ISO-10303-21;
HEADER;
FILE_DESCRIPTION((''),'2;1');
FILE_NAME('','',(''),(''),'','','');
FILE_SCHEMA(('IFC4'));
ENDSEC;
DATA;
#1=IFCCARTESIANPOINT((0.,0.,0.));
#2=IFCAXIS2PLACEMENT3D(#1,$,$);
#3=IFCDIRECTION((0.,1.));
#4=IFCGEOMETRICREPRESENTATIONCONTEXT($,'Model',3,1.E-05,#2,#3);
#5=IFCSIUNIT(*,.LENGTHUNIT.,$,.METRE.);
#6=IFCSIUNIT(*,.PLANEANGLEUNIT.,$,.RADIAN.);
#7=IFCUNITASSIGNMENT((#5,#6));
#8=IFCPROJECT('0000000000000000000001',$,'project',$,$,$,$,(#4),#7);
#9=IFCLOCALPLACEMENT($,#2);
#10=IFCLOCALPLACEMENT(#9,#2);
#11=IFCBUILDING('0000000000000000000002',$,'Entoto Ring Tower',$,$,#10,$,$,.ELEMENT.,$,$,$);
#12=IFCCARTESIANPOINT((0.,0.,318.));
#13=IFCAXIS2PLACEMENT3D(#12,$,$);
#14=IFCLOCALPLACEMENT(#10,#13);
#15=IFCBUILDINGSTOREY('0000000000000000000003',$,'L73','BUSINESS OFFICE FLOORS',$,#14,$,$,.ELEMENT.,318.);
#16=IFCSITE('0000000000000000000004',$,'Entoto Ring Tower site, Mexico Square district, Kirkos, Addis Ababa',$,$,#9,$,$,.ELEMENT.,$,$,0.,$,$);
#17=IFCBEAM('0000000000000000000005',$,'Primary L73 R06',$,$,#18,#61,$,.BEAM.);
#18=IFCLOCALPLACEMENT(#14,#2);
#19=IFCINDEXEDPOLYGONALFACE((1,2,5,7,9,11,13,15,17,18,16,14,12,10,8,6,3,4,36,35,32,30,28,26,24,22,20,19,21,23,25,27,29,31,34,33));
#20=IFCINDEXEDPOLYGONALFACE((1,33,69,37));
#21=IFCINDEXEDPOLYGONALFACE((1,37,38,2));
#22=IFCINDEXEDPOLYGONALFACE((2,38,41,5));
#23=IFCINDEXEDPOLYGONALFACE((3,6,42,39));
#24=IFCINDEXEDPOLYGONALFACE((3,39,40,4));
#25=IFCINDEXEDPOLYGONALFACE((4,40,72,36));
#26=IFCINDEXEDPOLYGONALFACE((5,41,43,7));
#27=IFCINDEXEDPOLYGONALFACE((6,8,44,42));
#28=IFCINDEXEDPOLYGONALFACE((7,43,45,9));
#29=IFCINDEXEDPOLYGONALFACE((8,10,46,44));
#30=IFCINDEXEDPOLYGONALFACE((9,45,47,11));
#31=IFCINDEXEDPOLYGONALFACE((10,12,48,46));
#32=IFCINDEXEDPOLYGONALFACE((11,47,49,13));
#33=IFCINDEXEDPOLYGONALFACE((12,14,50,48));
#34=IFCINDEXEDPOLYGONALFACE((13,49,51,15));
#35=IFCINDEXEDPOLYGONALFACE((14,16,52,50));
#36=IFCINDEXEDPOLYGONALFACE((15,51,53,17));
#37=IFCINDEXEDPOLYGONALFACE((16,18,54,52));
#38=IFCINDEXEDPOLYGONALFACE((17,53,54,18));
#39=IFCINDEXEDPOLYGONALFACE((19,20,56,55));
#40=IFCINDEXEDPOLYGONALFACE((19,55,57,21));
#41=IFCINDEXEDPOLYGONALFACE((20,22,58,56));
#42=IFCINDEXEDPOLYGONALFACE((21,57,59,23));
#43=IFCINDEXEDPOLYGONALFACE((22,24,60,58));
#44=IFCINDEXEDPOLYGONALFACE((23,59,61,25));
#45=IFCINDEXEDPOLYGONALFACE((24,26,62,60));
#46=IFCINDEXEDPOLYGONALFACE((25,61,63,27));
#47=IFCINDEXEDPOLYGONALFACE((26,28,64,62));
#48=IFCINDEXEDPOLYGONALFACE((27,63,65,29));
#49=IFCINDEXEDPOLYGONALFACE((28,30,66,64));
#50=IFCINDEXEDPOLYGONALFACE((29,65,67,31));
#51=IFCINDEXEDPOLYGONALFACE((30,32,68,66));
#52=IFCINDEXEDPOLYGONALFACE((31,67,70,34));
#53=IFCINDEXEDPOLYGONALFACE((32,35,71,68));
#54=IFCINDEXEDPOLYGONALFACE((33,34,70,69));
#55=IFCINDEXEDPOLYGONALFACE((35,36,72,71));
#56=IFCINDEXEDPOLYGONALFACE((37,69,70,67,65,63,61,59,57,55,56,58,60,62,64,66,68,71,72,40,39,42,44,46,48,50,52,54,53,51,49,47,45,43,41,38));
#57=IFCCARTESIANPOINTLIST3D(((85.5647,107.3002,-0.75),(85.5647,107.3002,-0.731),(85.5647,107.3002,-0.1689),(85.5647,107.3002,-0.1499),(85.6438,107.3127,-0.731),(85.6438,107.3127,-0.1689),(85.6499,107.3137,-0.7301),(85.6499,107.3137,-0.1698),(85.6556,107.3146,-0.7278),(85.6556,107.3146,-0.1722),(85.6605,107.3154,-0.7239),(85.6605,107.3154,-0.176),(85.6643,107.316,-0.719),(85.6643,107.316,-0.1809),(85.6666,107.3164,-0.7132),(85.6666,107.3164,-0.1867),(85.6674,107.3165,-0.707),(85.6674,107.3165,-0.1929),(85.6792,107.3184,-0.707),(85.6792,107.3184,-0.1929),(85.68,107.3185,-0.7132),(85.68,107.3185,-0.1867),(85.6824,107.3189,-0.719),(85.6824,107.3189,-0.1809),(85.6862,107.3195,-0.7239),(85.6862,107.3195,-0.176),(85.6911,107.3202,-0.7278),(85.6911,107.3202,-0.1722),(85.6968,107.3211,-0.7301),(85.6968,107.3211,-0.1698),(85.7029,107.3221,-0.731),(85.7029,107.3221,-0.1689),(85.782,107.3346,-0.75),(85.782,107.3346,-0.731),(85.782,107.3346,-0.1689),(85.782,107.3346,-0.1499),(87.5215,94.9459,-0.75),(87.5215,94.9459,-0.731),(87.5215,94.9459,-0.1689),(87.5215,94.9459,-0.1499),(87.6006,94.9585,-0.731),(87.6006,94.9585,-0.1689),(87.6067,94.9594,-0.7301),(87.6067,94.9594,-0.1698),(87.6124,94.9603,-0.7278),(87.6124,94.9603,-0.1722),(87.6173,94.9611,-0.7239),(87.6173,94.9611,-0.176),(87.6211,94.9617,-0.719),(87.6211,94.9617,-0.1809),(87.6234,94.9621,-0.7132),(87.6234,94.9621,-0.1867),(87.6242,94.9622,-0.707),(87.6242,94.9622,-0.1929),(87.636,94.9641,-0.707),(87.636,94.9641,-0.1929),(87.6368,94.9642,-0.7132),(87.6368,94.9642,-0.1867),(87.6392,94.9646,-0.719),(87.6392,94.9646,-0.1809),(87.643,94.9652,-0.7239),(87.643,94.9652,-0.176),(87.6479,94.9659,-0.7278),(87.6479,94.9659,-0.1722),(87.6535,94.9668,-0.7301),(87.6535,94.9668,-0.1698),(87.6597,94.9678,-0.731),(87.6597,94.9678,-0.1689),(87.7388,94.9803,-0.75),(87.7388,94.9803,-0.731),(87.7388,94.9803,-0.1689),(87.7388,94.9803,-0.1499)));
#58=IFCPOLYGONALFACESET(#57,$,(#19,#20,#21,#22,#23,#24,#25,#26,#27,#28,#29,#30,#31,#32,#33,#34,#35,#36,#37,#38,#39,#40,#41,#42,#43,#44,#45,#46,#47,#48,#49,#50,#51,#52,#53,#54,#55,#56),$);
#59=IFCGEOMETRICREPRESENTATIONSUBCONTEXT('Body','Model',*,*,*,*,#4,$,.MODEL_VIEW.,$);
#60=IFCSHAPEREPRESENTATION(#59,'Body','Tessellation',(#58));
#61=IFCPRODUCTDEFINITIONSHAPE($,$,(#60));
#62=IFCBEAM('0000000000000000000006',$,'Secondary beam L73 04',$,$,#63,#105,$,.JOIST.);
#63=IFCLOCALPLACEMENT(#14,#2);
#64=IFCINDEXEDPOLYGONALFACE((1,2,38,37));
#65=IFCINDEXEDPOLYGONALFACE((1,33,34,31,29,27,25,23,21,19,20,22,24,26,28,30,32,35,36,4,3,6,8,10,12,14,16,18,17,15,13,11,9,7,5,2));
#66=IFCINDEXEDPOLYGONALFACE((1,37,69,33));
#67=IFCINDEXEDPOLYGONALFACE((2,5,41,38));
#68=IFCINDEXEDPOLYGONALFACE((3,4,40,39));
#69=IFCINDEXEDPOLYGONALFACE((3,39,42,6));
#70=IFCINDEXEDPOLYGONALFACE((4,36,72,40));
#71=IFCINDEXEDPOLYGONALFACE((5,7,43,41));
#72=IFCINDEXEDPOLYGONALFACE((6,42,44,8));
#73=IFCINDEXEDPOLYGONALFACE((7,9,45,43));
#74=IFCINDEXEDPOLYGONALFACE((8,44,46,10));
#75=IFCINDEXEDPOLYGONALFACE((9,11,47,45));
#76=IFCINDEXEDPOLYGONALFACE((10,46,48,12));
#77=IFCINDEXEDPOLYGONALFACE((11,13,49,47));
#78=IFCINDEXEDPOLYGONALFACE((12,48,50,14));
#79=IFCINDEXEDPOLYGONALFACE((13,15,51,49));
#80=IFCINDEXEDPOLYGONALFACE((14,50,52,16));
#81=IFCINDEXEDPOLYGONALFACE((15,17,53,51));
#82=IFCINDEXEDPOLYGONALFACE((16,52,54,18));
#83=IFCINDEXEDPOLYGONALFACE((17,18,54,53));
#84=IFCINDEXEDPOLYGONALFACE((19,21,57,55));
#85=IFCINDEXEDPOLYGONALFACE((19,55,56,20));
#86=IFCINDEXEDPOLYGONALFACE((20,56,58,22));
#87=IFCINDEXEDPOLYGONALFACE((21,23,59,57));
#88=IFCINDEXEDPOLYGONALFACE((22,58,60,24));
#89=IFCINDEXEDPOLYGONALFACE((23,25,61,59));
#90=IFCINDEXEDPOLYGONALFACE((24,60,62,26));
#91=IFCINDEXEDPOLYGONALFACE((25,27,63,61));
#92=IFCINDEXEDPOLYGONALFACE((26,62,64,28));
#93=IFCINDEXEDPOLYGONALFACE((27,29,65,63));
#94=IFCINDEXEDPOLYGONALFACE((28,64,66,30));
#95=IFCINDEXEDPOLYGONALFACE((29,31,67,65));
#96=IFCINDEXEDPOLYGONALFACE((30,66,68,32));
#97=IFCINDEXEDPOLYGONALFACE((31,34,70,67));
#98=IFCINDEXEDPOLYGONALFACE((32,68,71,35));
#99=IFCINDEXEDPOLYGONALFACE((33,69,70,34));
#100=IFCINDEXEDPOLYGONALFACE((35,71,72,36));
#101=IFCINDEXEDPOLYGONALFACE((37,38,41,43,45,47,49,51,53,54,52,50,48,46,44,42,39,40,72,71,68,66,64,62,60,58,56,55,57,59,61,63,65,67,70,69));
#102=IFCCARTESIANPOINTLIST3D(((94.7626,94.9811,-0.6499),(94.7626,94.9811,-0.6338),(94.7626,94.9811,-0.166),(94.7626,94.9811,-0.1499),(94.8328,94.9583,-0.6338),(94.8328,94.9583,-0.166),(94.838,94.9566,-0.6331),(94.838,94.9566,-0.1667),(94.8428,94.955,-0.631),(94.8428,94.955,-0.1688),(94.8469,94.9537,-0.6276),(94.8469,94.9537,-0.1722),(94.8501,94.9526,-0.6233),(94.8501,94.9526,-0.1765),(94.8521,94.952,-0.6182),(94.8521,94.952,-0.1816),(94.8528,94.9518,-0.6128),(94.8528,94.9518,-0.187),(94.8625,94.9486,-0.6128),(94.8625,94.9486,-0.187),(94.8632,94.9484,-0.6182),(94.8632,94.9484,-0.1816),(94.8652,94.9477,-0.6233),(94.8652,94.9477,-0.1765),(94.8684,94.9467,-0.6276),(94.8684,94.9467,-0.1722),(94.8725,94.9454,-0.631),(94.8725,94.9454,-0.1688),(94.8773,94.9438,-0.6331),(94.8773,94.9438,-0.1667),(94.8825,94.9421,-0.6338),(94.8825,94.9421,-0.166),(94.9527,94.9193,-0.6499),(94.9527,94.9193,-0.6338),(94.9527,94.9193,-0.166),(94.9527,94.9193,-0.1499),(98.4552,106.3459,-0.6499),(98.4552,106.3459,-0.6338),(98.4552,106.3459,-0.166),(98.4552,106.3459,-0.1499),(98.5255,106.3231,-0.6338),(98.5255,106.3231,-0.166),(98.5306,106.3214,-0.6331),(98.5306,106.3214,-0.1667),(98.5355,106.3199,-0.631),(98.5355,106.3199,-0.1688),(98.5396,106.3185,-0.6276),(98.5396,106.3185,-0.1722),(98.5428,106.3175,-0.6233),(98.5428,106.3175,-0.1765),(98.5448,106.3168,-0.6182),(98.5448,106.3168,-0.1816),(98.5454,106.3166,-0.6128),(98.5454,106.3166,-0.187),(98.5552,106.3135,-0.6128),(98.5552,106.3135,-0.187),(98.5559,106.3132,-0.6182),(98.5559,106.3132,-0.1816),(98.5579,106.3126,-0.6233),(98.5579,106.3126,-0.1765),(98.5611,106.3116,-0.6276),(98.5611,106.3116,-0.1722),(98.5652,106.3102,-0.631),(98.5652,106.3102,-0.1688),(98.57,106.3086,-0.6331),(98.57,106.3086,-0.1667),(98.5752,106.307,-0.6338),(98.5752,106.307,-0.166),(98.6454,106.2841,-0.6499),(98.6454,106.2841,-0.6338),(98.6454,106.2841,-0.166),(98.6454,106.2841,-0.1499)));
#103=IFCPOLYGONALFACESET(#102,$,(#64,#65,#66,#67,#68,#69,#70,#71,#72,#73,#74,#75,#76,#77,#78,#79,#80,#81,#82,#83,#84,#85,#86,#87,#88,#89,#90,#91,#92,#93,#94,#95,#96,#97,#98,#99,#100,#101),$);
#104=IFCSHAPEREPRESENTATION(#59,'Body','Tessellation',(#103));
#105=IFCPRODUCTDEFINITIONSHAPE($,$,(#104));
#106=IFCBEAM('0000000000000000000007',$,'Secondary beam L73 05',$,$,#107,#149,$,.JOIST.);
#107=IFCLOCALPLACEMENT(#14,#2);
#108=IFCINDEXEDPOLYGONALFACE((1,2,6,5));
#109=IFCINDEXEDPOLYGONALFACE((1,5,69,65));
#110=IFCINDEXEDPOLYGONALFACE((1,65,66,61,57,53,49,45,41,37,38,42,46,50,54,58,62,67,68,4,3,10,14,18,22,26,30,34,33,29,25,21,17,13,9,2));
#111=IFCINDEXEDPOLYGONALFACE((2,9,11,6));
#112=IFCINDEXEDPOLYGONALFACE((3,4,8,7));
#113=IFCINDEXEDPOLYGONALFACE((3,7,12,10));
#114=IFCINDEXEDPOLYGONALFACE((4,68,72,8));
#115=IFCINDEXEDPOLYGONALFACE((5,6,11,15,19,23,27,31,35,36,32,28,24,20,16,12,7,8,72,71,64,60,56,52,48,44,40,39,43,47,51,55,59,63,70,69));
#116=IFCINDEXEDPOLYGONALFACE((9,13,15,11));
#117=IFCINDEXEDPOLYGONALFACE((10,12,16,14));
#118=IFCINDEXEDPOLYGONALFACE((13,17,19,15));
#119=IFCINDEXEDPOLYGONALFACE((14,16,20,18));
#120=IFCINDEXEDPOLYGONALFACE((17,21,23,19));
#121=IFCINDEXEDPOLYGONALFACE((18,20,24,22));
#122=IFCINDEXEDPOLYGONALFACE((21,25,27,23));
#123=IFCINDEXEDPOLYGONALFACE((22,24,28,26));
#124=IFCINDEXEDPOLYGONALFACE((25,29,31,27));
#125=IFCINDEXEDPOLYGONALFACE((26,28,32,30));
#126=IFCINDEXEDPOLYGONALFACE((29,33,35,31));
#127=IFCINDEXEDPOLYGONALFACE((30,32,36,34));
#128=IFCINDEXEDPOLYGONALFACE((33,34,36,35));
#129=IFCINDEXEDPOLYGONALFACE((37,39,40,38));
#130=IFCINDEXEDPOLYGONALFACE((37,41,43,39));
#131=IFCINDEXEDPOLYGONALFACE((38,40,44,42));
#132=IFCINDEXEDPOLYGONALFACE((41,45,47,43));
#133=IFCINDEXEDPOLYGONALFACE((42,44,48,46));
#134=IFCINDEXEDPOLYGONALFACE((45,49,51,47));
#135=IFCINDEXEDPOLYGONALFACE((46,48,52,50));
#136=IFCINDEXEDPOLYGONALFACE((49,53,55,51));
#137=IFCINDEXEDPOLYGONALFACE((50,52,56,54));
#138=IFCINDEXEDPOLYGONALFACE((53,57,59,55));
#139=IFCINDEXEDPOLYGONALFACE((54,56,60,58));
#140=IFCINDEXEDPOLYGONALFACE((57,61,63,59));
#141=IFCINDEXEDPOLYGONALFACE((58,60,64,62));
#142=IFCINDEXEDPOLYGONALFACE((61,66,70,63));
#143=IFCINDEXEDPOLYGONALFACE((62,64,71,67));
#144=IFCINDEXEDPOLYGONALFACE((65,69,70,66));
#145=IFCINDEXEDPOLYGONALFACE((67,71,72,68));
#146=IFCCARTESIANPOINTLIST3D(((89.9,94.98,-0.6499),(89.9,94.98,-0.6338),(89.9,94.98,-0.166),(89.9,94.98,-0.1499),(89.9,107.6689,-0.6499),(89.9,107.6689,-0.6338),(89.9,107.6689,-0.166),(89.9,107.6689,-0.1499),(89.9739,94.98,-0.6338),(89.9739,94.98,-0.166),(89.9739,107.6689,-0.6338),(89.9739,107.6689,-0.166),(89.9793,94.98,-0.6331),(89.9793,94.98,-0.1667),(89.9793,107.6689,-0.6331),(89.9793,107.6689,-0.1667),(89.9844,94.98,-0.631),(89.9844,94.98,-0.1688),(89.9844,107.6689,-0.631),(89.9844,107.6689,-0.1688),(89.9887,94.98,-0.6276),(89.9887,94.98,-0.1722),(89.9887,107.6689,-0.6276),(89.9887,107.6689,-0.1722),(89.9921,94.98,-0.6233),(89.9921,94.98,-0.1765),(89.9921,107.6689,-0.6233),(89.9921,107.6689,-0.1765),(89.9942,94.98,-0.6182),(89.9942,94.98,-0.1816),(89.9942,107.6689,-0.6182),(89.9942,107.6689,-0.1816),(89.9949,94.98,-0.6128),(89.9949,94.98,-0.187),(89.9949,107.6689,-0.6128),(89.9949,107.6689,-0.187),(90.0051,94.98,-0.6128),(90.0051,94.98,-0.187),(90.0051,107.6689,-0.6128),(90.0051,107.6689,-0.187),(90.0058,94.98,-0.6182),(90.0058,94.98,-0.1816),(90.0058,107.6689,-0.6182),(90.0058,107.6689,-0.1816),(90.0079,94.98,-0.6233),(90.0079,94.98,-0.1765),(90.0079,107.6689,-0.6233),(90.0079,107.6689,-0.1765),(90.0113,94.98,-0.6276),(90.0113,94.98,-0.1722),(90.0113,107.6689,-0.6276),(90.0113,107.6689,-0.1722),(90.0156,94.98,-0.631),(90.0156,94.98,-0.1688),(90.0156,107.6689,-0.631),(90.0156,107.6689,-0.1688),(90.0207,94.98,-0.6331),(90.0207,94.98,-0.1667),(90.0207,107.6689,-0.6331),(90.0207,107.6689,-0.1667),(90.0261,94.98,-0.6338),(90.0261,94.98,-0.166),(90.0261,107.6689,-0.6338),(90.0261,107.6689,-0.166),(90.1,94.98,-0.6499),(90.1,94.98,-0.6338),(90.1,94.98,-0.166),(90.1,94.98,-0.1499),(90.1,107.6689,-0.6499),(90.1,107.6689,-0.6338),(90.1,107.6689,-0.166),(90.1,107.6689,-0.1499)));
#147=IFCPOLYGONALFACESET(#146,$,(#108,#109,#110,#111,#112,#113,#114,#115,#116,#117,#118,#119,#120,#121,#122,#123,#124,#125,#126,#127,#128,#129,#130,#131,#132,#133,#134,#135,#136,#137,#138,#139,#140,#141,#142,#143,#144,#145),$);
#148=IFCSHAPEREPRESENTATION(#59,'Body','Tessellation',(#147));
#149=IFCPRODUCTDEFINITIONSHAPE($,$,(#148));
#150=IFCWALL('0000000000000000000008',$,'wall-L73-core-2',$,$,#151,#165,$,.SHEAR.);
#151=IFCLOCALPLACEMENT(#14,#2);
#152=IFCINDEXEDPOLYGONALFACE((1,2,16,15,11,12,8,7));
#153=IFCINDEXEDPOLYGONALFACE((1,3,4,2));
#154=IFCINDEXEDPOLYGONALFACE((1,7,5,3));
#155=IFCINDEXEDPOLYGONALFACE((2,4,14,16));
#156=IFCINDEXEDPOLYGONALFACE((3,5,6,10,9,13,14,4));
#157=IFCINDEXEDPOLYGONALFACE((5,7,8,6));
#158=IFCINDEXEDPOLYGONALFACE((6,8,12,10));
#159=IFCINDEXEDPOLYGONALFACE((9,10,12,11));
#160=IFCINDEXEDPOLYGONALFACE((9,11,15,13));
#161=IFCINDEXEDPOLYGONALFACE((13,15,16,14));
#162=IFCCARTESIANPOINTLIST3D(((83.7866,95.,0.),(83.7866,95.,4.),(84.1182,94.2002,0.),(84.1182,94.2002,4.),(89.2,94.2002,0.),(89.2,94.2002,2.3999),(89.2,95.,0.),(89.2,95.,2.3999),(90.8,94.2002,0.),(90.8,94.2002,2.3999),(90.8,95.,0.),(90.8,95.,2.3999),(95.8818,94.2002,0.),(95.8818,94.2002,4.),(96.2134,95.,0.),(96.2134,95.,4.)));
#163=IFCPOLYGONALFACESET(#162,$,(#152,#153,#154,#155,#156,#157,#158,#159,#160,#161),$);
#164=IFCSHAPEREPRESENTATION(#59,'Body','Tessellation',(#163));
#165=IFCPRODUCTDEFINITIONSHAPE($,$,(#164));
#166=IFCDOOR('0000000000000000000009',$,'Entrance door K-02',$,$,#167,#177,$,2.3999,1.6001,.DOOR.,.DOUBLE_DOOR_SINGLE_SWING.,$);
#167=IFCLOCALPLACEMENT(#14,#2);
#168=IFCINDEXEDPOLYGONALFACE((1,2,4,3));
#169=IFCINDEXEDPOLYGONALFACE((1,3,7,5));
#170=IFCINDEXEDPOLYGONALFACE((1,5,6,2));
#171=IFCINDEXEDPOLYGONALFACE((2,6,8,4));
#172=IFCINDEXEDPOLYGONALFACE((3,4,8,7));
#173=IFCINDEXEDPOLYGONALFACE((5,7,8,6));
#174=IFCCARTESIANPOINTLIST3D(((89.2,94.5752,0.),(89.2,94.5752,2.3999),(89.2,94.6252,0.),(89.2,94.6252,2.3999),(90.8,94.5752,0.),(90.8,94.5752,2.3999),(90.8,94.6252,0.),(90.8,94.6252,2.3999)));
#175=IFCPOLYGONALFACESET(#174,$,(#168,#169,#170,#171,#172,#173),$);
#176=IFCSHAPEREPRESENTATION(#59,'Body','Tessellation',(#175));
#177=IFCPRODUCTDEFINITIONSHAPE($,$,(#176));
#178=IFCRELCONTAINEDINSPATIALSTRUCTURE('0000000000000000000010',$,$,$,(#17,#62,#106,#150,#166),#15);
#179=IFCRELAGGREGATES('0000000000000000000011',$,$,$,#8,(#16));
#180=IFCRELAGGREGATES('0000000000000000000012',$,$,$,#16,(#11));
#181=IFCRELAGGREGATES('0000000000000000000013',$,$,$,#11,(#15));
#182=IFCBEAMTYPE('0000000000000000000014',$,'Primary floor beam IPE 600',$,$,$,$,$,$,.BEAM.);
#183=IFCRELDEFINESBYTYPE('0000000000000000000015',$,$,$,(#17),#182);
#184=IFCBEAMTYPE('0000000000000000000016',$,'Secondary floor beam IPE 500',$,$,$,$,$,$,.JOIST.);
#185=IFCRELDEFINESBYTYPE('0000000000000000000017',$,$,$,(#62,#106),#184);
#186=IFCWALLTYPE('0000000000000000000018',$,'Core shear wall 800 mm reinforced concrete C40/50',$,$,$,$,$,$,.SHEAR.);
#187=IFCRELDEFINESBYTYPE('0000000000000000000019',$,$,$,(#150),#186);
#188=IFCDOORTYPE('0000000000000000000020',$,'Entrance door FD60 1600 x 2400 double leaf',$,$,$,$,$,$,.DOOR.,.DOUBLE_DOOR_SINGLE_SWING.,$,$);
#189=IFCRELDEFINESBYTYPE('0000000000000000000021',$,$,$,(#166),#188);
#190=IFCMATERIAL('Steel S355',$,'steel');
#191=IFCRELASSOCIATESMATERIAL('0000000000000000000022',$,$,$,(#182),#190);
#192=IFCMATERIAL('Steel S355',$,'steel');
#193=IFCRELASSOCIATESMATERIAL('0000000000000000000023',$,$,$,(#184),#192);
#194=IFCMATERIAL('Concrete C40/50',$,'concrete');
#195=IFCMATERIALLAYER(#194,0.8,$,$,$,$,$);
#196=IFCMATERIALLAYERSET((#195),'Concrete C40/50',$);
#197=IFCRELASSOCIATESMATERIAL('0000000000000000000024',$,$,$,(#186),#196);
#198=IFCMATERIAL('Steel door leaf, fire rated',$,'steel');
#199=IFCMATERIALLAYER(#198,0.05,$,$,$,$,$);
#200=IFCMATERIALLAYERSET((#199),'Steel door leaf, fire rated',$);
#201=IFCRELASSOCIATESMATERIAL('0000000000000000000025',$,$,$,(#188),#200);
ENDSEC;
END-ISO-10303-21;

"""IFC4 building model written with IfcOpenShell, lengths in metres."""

from ifc_helpers import new_model, si_unit, direction, frame, frame_2d, origin, origin_2d, place, context, subcontext, project, spatial, polyline, rectangle, i_section, outline, extrude, material, layer, layer_set, material_profile, profile_set, type_object, element, fill, save


model = new_model("IFC4")

# Units and contexts
model_context = context("Model", 3, precision=1e-05, world=origin(), true_north=direction((0.0, 1.0)))
body_context = subcontext(model_context, "Body", "Model", "MODEL_VIEW")
ifc_project = project(units=[si_unit("LENGTHUNIT", "METRE"), si_unit("PLANEANGLEUNIT", "RADIAN")], contexts=[model_context])

# Site, building, storey
site_placement = place(None, origin())
site = spatial("IfcSite", under=ifc_project, at=site_placement, Name="Entoto Ring Tower site, Mexico Square district, Kirkos, Addis Ababa", CompositionType="ELEMENT", RefElevation=0.0)
building_placement = place(site_placement, origin())
building = spatial("IfcBuilding", under=site, at=building_placement, Name="Entoto Ring Tower", CompositionType="ELEMENT")
storey_placement = place(building_placement, frame((0.0, 0.0, 318.0)))
storey = spatial("IfcBuildingStorey", under=building, at=storey_placement, Name="L73", Description="BUSINESS OFFICE FLOORS", CompositionType="ELEMENT", Elevation=318.0)

# Beams
ifc_material_1 = material(Name="Steel S355", Category="steel")
ifc_material_profile_1 = material_profile(ifc_material_1, i_section(OverallWidth=0.22, OverallDepth=0.6001, WebThickness=0.012, FlangeThickness=0.019, FilletRadius=0.0239, at=origin_2d()), Name="IPE 600")
ifc_profile_set_1 = profile_set([ifc_material_profile_1], Name="Steel S355")
beam_type_1 = type_object("IfcBeamType", Name="Primary floor beam IPE 600", PredefinedType="BEAM", material=ifc_profile_set_1)
for number, where, z_axis, x_axis, name in (
    (1, (87.6301, 94.9631, -0.45), (-0.15644, 0.987688, 0.0), (-0.987688, -0.15644, 0.0), "Primary L73 R06"),
):
    element("IfcBeam", number, at=place(storey_placement, frame(where, z_axis=z_axis, x_axis=x_axis)), inside=storey, type_object=beam_type_1, Name=name, PredefinedType="BEAM", context=body_context, shape_type="SweptSolid", body=[
        extrude(i_section(OverallWidth=0.22, OverallDepth=0.6001, WebThickness=0.012, FlangeThickness=0.019, FilletRadius=0.0239, at=origin_2d()), origin(), (0.0, 0.0, 1.0), 12.5083),
    ])
ifc_material_2 = material(Name="Steel S355", Category="steel")
ifc_material_profile_2 = material_profile(ifc_material_2, i_section(OverallWidth=0.2, OverallDepth=0.5, WebThickness=0.0103, FlangeThickness=0.0161, FilletRadius=0.021, at=origin_2d()), Name="IPE 500")
ifc_profile_set_2 = profile_set([ifc_material_profile_2], Name="Steel S355")
beam_type_2 = type_object("IfcBeamType", Name="Secondary floor beam IPE 500", PredefinedType="JOIST", material=ifc_profile_set_2)
beam_1_placement = place(storey_placement, frame((94.8577, 94.9502, -0.3999), z_axis=(0.309017, 0.951057, 0.0), x_axis=(-0.951057, 0.309017, 0.0)))
element("IfcBeam", 2, at=beam_1_placement, inside=storey, type_object=beam_type_2, Name="Secondary beam L73 04", PredefinedType="JOIST", context=body_context, shape_type="SweptSolid", body=[
    extrude(i_section(OverallWidth=0.2, OverallDepth=0.5, WebThickness=0.0103, FlangeThickness=0.0161, FilletRadius=0.021, at=origin_2d()), origin(), (0.0, 0.0, 1.0), 11.9497),
])
beam_2_placement = place(storey_placement, frame((90.0, 94.98, -0.3999), z_axis=(0.0, 1.0, 0.0), x_axis=(-1.0, 0.0, 0.0)))
element("IfcBeam", 3, at=beam_2_placement, inside=storey, type_object=beam_type_2, Name="Secondary beam L73 05", PredefinedType="JOIST", context=body_context, shape_type="SweptSolid", body=[
    extrude(i_section(OverallWidth=0.2, OverallDepth=0.5, WebThickness=0.0103, FlangeThickness=0.0161, FilletRadius=0.021, at=origin_2d()), origin(), (0.0, 0.0, 1.0), 12.689),
])

# Wall, opening, door
ifc_material_3 = material(Name="Concrete C40/50", Category="concrete")
ifc_layer_1 = layer(ifc_material_3, 0.8)
ifc_layer_set_1 = layer_set([ifc_layer_1], Name="Concrete C40/50")
wall_type_1 = type_object("IfcWallType", Name="Core shear wall 800 mm reinforced concrete C40/50", PredefinedType="SHEAR", material=ifc_layer_set_1)
wall_1_placement = place(storey_placement, frame((96.0476, 94.6001, 0.0), z_axis=(0.0, 0.0, 1.0), x_axis=(-1.0, 0.0, 0.0)))
wall_1 = element("IfcWall", 4, at=wall_1_placement, inside=storey, type_object=wall_type_1, Name="wall-L73-core-2", PredefinedType="SHEAR", context=body_context, shape_type="SweptSolid", body=[
    extrude(outline(polyline([(-0.1658, -0.3999), (12.261, -0.3999), (11.9294, 0.3999), (0.1658, 0.3999), (-0.1658, -0.3999)])), origin(), (0.0, 0.0, 1.0), 4.0),
])
opening_1_placement = place(wall_1_placement, frame((5.2476, 0.0, 0.0)))
opening_1 = element("IfcOpeningElement", 5, at=opening_1_placement, cuts=wall_1, PredefinedType="OPENING", context=body_context, shape_type="SweptSolid", body=[
    extrude(rectangle(XDim=1.6001, YDim=2.3999, at=frame_2d((0.8, 1.2))), frame((0.0, 0.4102, 0.0), z_axis=(0.0, -1.0, 0.0), x_axis=(1.0, 0.0, 0.0)), (0.0, 0.0, 1.0), 0.8201),
])
ifc_material_4 = material(Name="Steel door leaf, fire rated", Category="steel")
ifc_layer_2 = layer(ifc_material_4, 0.05)
ifc_layer_set_2 = layer_set([ifc_layer_2], Name="Steel door leaf, fire rated")
door_type_1 = type_object("IfcDoorType", Name="Entrance door FD60 1600 x 2400 double leaf", OperationType="DOUBLE_DOOR_SINGLE_SWING", PredefinedType="DOOR", material=ifc_layer_set_2)
door_1_placement = place(opening_1_placement, origin())
door_1 = element("IfcDoor", 6, at=door_1_placement, inside=storey, type_object=door_type_1, Name="Entrance door K-02", OperationType="DOUBLE_DOOR_SINGLE_SWING", OverallHeight=2.3999, OverallWidth=1.6001, PredefinedType="DOOR", context=body_context, shape_type="SweptSolid", body=[
    extrude(rectangle(XDim=1.6001, YDim=2.3999, at=frame_2d((0.8, 1.2))), frame((0.0, 0.0249, 0.0), z_axis=(0.0, -1.0, 0.0), x_axis=(1.0, 0.0, 0.0)), (0.0, 0.0, 1.0), 0.05),
])
fill(opening_1, door_1)

save(model, "model.ifc")
